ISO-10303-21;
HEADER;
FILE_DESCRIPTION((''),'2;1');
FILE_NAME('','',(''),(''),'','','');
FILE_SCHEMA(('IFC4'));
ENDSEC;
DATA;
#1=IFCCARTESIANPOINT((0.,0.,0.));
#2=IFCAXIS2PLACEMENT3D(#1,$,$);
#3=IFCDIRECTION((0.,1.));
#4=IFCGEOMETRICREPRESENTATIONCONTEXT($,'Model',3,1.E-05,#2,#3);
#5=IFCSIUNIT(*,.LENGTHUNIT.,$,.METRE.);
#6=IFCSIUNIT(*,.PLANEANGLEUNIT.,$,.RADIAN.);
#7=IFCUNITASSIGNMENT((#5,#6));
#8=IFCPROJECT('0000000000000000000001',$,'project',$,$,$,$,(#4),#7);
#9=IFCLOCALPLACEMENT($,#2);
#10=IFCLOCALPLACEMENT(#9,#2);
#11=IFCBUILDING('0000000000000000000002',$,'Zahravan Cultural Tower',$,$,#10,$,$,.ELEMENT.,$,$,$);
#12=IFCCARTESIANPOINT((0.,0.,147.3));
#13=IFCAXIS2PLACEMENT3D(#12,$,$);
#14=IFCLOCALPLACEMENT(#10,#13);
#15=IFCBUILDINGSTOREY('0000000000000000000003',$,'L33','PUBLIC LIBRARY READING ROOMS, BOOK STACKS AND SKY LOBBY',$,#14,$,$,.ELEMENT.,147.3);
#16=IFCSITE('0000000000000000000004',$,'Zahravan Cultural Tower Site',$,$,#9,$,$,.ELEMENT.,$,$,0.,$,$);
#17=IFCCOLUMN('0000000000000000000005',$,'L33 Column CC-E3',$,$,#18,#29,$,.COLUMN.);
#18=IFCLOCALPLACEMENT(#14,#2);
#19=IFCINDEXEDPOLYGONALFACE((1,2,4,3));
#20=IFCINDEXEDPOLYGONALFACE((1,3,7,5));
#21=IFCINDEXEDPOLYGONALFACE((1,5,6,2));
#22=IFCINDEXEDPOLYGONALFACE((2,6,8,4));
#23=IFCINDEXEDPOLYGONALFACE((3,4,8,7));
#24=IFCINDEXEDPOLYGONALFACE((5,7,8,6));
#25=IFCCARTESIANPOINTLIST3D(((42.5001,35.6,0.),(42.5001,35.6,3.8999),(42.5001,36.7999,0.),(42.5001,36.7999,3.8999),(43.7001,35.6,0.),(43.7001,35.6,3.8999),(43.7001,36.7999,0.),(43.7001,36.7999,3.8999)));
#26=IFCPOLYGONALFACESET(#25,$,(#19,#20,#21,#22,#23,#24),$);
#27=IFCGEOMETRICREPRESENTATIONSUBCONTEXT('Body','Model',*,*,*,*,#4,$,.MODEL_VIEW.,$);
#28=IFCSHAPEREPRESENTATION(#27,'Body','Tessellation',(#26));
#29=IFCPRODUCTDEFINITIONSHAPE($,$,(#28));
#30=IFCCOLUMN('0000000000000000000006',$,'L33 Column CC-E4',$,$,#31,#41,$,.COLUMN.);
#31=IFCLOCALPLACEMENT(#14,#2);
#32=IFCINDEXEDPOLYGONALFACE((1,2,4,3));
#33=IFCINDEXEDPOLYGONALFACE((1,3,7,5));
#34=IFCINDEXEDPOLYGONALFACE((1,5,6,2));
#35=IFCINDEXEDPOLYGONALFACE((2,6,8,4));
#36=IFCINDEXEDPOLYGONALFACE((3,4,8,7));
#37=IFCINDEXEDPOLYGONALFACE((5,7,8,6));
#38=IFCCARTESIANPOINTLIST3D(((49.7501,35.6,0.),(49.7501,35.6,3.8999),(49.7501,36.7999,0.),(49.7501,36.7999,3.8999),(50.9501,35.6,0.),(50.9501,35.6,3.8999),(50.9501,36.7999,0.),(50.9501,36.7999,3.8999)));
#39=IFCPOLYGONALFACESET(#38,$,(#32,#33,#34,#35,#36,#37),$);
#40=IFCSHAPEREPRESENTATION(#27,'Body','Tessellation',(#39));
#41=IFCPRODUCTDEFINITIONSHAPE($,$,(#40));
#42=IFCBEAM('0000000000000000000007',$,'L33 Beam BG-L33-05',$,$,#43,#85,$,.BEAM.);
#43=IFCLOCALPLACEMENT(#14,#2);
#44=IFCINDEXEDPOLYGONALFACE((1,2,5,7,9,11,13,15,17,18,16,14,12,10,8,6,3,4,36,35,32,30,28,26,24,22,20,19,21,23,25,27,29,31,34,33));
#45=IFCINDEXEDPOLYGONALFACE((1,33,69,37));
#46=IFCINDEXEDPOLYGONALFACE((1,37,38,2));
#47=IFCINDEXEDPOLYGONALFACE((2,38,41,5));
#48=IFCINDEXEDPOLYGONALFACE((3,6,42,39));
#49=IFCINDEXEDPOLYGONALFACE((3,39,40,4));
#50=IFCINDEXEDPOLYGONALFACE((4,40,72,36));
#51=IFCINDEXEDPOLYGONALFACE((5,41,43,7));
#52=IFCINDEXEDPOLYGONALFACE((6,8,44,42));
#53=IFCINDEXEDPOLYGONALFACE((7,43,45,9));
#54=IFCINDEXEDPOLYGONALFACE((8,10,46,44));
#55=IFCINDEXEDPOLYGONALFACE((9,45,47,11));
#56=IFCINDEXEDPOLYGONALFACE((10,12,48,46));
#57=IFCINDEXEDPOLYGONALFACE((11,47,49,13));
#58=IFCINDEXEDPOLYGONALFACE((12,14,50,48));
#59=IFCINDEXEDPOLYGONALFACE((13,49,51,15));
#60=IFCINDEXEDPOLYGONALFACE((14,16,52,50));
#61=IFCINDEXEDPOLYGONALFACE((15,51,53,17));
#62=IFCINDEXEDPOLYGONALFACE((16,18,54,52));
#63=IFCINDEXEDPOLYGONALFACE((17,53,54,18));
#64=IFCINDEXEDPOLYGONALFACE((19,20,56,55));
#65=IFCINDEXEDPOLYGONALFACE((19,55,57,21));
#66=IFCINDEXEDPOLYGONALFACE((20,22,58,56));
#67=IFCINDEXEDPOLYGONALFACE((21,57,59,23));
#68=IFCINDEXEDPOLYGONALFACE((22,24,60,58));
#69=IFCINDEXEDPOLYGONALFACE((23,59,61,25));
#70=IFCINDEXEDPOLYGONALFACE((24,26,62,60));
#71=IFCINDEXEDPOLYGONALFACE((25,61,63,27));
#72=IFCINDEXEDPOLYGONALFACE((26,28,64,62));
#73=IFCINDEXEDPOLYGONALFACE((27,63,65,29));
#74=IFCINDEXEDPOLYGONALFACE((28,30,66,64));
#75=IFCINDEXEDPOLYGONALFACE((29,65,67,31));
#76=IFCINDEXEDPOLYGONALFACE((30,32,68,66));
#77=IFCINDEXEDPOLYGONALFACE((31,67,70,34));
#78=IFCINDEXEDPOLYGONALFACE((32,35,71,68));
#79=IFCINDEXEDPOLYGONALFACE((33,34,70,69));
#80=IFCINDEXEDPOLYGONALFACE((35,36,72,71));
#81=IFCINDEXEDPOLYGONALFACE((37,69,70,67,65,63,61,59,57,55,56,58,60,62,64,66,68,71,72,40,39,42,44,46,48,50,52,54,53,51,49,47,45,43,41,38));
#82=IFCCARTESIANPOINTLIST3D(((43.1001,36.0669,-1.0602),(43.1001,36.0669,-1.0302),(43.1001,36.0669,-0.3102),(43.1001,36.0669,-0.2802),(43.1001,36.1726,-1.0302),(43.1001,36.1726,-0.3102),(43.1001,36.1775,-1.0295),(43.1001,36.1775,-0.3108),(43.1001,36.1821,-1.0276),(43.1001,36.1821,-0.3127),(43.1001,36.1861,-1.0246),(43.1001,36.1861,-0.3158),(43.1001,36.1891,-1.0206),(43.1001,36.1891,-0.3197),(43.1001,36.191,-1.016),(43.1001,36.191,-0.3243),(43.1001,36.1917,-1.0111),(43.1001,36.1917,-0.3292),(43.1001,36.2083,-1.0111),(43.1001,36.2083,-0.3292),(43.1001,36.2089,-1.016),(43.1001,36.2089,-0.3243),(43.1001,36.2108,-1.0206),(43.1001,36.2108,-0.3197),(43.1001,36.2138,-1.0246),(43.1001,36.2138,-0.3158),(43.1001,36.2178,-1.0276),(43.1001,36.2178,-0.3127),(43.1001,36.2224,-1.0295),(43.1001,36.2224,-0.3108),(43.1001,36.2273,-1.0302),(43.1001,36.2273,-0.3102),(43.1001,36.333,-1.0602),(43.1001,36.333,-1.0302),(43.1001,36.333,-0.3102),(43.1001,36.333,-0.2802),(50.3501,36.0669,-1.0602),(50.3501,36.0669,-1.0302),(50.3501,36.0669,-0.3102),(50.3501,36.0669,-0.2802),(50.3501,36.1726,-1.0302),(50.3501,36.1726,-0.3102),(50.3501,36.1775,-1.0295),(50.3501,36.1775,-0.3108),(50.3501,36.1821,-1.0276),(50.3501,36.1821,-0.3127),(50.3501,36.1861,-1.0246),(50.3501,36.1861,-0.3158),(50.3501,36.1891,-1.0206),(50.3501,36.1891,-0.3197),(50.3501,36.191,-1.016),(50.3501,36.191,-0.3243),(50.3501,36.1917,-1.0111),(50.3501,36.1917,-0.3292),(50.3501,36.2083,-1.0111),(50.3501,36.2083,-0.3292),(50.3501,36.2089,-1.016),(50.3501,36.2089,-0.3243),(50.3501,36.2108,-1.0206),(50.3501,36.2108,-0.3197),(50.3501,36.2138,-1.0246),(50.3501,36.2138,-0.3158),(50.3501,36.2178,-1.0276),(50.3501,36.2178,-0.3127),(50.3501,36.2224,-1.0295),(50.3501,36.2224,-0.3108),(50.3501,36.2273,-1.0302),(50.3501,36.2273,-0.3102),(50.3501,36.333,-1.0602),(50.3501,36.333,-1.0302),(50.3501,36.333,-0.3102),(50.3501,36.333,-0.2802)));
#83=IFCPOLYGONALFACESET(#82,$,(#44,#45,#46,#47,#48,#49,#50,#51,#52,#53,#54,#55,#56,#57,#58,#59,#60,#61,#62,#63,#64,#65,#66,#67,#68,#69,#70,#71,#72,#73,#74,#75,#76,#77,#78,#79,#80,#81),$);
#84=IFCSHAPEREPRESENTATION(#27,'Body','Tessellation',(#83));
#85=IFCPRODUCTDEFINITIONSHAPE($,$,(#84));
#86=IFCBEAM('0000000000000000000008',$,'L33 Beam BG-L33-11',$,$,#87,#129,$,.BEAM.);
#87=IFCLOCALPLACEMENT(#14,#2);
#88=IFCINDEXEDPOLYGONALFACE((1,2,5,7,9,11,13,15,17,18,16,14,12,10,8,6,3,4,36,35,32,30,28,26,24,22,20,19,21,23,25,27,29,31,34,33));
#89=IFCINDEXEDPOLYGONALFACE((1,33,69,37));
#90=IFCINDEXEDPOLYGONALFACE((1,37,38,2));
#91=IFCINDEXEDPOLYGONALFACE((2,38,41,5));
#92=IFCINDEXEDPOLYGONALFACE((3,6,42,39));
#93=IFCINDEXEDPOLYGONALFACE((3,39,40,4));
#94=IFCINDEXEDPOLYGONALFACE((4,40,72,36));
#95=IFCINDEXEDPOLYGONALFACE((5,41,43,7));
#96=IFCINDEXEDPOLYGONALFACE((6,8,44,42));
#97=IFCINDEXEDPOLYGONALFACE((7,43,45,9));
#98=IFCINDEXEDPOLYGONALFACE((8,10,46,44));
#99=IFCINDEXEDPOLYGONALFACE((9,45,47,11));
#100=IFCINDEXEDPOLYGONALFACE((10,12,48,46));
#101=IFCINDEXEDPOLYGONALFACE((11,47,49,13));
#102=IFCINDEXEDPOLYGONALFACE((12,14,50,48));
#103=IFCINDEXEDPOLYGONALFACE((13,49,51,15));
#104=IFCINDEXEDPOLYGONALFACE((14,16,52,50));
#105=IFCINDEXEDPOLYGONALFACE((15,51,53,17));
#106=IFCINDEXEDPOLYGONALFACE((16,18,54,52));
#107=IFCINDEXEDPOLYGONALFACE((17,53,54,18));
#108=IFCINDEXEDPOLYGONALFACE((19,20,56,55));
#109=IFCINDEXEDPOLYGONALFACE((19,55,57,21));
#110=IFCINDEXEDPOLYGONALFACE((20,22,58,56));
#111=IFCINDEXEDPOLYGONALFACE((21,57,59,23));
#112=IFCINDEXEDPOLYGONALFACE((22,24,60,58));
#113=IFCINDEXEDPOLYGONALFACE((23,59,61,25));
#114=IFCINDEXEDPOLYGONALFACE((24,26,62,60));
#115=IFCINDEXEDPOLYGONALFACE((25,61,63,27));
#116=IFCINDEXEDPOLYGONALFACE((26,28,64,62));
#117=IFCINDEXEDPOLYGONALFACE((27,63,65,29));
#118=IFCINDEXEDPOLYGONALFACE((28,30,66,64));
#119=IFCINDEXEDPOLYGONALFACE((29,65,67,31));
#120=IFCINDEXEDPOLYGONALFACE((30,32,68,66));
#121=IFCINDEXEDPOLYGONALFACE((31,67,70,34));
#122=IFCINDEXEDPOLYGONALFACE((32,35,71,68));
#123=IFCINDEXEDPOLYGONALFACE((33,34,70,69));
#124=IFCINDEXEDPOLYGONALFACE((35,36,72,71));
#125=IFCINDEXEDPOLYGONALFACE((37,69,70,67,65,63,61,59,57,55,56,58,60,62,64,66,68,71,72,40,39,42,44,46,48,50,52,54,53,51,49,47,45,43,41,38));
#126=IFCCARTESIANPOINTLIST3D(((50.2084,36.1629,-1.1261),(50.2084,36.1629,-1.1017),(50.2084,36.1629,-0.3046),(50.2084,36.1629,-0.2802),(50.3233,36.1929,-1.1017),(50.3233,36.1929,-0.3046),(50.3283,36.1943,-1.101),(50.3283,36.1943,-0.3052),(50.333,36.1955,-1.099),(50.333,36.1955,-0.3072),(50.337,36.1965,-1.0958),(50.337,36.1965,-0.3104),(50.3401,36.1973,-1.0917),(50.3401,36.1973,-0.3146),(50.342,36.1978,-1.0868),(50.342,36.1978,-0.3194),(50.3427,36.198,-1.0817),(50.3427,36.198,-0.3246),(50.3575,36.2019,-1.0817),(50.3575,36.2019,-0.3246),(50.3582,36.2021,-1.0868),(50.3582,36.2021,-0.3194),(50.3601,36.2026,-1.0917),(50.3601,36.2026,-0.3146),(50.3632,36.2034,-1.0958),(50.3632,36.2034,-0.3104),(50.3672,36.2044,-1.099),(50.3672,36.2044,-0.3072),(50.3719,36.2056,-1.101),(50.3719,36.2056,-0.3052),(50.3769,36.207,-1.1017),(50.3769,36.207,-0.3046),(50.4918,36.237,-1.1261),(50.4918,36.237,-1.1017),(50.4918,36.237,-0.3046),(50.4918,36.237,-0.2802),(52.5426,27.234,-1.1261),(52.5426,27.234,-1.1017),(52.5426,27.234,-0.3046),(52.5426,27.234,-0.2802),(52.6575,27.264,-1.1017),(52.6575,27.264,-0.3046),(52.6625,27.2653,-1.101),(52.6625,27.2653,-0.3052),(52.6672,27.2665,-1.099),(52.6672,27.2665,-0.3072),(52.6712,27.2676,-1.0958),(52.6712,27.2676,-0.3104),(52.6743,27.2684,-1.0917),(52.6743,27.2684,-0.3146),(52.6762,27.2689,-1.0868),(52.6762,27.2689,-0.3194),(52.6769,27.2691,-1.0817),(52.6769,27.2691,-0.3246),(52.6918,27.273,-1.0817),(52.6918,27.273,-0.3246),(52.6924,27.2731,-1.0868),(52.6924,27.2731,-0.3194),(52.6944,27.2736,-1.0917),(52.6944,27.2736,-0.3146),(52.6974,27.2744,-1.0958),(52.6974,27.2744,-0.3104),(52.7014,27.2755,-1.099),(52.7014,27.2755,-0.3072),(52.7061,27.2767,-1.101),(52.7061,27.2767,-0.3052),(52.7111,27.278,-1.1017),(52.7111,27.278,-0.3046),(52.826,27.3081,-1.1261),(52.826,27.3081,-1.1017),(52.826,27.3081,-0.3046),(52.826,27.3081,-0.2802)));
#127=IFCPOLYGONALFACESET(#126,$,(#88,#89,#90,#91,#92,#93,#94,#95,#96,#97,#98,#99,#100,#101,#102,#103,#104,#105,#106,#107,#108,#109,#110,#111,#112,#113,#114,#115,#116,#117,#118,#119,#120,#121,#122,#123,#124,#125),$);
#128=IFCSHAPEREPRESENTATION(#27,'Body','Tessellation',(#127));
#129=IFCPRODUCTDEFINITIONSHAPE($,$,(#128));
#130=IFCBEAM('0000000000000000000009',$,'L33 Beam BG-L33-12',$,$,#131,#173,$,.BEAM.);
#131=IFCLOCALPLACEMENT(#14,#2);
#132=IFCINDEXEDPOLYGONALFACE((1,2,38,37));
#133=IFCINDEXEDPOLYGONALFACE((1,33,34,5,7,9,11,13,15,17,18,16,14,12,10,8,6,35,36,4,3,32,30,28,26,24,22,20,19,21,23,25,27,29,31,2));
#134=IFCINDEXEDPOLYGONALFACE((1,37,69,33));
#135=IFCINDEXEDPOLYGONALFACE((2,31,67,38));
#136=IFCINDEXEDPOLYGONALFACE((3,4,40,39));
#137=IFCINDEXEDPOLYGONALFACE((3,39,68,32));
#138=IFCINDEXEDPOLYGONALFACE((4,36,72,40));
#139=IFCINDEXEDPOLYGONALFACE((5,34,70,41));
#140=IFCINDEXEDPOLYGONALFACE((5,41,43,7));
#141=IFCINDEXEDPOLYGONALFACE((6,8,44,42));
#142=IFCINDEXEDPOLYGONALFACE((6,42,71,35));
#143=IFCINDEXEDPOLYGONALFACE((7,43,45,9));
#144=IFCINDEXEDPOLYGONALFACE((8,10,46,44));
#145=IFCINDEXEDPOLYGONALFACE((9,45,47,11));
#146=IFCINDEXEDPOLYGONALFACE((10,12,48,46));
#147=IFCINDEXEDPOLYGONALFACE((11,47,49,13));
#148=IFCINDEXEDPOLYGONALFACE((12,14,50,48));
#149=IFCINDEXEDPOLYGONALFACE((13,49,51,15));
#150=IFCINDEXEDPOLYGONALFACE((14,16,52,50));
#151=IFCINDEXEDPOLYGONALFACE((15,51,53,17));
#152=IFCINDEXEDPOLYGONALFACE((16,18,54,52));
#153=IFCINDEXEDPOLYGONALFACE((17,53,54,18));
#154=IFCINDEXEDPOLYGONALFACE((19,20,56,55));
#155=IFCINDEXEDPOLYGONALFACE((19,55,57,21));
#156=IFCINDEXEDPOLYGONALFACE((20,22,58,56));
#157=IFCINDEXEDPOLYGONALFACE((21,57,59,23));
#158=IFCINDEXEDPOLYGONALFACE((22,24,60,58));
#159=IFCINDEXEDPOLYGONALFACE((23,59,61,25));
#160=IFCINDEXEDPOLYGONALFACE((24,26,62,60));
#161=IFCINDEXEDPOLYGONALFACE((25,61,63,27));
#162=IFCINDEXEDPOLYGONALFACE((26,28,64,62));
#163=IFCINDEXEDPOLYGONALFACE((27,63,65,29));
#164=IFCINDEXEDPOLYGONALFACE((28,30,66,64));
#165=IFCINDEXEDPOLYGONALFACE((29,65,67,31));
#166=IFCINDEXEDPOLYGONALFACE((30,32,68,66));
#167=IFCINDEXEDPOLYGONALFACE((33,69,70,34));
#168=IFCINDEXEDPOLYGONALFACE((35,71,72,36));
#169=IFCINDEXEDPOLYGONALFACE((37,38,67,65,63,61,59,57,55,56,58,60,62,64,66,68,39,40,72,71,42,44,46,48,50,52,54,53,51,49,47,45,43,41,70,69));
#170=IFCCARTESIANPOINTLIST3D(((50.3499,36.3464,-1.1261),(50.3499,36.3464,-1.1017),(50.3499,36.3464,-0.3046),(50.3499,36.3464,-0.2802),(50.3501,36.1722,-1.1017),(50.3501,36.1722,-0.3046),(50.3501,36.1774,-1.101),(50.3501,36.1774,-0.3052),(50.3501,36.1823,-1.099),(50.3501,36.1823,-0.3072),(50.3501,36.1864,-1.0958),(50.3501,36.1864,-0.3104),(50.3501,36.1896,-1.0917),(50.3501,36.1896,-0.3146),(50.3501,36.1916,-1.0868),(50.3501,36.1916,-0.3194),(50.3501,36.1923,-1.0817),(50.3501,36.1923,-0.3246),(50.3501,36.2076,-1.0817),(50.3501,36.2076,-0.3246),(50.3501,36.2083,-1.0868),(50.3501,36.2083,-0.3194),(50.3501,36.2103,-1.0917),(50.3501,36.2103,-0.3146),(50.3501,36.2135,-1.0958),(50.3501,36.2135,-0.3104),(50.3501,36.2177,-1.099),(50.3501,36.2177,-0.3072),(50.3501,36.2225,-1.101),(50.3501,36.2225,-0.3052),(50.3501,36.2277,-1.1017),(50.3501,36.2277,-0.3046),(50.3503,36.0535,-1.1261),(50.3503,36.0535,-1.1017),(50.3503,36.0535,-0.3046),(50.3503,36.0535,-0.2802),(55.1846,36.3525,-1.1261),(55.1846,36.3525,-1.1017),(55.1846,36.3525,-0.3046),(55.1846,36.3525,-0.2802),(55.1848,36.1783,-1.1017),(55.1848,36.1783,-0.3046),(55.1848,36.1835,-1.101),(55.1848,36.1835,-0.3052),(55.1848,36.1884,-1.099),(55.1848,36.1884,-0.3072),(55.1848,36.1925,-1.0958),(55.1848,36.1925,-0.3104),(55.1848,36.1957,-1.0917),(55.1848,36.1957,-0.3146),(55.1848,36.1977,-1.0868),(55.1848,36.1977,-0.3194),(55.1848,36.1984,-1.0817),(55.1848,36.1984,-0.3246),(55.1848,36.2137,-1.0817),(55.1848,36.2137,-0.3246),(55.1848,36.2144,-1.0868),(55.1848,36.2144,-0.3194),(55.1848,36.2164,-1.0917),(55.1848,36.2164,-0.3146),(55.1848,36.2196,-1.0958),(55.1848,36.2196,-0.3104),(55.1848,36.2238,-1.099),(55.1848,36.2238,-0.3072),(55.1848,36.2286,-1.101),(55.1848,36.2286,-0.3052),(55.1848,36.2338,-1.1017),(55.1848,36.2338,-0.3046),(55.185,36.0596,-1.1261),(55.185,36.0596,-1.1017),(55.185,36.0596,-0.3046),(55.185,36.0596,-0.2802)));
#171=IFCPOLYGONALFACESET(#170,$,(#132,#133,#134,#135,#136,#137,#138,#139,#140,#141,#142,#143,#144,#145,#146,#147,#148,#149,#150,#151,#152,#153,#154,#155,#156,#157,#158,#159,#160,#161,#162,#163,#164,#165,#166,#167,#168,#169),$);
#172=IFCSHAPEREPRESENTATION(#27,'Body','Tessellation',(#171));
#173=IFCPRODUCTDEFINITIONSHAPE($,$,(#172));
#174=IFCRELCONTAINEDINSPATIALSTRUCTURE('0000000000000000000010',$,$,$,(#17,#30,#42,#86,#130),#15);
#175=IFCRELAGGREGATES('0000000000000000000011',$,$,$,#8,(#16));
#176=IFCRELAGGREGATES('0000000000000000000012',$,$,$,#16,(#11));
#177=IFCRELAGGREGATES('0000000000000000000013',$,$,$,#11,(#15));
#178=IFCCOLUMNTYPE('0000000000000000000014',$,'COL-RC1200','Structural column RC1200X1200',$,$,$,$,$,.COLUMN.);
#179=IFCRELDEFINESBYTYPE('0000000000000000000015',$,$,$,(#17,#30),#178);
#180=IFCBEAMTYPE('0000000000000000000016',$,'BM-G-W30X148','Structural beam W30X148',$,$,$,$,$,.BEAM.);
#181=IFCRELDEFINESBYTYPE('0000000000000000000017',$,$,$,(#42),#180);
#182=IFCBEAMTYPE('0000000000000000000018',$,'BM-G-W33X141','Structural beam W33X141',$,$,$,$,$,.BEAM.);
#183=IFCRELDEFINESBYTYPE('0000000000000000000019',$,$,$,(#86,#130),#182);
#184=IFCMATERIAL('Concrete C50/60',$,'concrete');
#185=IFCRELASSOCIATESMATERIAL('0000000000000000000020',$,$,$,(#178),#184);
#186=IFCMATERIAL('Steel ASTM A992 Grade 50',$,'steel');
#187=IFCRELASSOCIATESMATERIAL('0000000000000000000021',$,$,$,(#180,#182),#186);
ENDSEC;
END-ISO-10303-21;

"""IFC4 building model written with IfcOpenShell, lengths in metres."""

from ifc_helpers import new_model, si_unit, direction, frame, origin, origin_2d, place, context, subcontext, project, spatial, rectangle, i_section, extrude, source, transform, mapped, material, material_profile, profile_set, type_object, element, save


model = new_model("IFC4")

# Units and contexts
model_context = context("Model", 3, precision=1e-05, world=origin(), true_north=direction((0.0, 1.0)))
body_context = subcontext(model_context, "Body", "Model", "MODEL_VIEW")
ifc_project = project(units=[si_unit("LENGTHUNIT", "METRE"), si_unit("PLANEANGLEUNIT", "RADIAN")], contexts=[model_context])

# Site, building, storey
site_placement = place(None, origin())
site = spatial("IfcSite", under=ifc_project, at=site_placement, Name="Zahravan Cultural Tower Site", CompositionType="ELEMENT", RefElevation=0.0)
building_placement = place(site_placement, origin())
building = spatial("IfcBuilding", under=site, at=building_placement, Name="Zahravan Cultural Tower", CompositionType="ELEMENT")
storey_placement = place(building_placement, frame((0.0, 0.0, 147.3)))
storey = spatial("IfcBuildingStorey", under=building, at=storey_placement, Name="L33", Description="PUBLIC LIBRARY READING ROOMS, BOOK STACKS AND SKY LOBBY", CompositionType="ELEMENT", Elevation=147.3)

# Columns
ifc_material_1 = material(Name="Concrete C50/60", Category="concrete")
ifc_material_profile_1 = material_profile(ifc_material_1, rectangle(XDim=1.2, YDim=1.2, at=origin_2d()), Name="RC1200X1200")
ifc_profile_set_1 = profile_set([ifc_material_profile_1], Name="Concrete C50/60")
column_type = type_object("IfcColumnType", Name="COL-RC1200", Description="Structural column RC1200X1200", PredefinedType="COLUMN", material=ifc_profile_set_1)
shared_shape_1 = source(origin(), body_context, "Body", "SweptSolid", [
    extrude(rectangle(XDim=1.2, YDim=1.2, at=origin_2d()), origin(), (0.0, 0.0, 1.0), 3.8999),
])
for number, where, z_axis, x_axis, name in (
    (1, (43.1001, 36.2, 0.0), (0.0, 0.0, 1.0), (1.0, 0.0, 0.0), "L33 Column CC-E3"),
    (2, (50.3501, 36.2, 0.0), (0.0, 0.0, 1.0), (1.0, 0.0, 0.0), "L33 Column CC-E4"),
):
    element("IfcColumn", number, at=place(storey_placement, frame(where, z_axis=z_axis, x_axis=x_axis)), inside=storey, type_object=column_type, Name=name, PredefinedType="COLUMN", context=body_context, shape_type="MappedRepresentation", body=[
        mapped(shared_shape_1, transform((0.0, 0.0, 0.0), x_axis=(1.0, 0.0, 0.0), y_axis=(0.0, 1.0, 0.0), z_axis=(0.0, 0.0, 1.0), scale=1.0)),
    ])

# Beams
ifc_material_2 = material(Name="Steel ASTM A992 Grade 50", Category="steel")
ifc_material_profile_2 = material_profile(ifc_material_2, i_section(OverallWidth=0.2661, OverallDepth=0.78, WebThickness=0.0166, FlangeThickness=0.03, FilletRadius=0.019, at=origin_2d()), Name="W30X148")
ifc_profile_set_2 = profile_set([ifc_material_profile_2], Name="Steel ASTM A992 Grade 50")
beam_type_1 = type_object("IfcBeamType", Name="BM-G-W30X148", Description="Structural beam W30X148", PredefinedType="BEAM", material=ifc_profile_set_2)
shared_shape_2 = source(origin(), body_context, "Body", "SweptSolid", [
    extrude(i_section(OverallWidth=0.2661, OverallDepth=0.78, WebThickness=0.0166, FlangeThickness=0.03, FilletRadius=0.019, at=origin_2d()), origin(), (0.0, 0.0, 1.0), 7.25),
])
beam_1_placement = place(storey_placement, frame((43.1001, 36.2, -0.6702), z_axis=(1.0, 0.0, 0.0), x_axis=(0.0, 1.0, 0.0)))
element("IfcBeam", 3, at=beam_1_placement, inside=storey, type_object=beam_type_1, Name="L33 Beam BG-L33-05", PredefinedType="BEAM", context=body_context, shape_type="MappedRepresentation", body=[
    mapped(shared_shape_2, transform((0.0, 0.0, 0.0), x_axis=(1.0, 0.0, 0.0), y_axis=(0.0, 1.0, 0.0), z_axis=(0.0, 0.0, 1.0), scale=1.0)),
])
ifc_material_profile_3 = material_profile(ifc_material_2, i_section(OverallWidth=0.293, OverallDepth=0.8459, WebThickness=0.0154, FlangeThickness=0.0244, FilletRadius=0.02, at=origin_2d()), Name="W33X141")
ifc_profile_set_3 = profile_set([ifc_material_profile_3], Name="Steel ASTM A992 Grade 50")
beam_type_2 = type_object("IfcBeamType", Name="BM-G-W33X141", Description="Structural beam W33X141", PredefinedType="BEAM", material=ifc_profile_set_3)
shared_shape_3 = source(origin(), body_context, "Body", "SweptSolid", [
    extrude(i_section(OverallWidth=0.293, OverallDepth=0.8459, WebThickness=0.0154, FlangeThickness=0.0244, FilletRadius=0.02, at=origin_2d()), origin(), (0.0, 0.0, 1.0), 9.229),
])
beam_2_placement = place(storey_placement, frame((50.3501, 36.2, -0.7031), z_axis=(0.252923, -0.967487, 0.0), x_axis=(0.967487, 0.252923, 0.0)))
element("IfcBeam", 4, at=beam_2_placement, inside=storey, type_object=beam_type_2, Name="L33 Beam BG-L33-11", PredefinedType="BEAM", context=body_context, shape_type="MappedRepresentation", body=[
    mapped(shared_shape_3, transform((0.0, 0.0, 0.0), x_axis=(1.0, 0.0, 0.0), y_axis=(0.0, 1.0, 0.0), z_axis=(0.0, 0.0, 1.0), scale=1.0)),
])
shared_shape_4 = source(origin(), body_context, "Body", "SweptSolid", [
    extrude(i_section(OverallWidth=0.293, OverallDepth=0.8459, WebThickness=0.0154, FlangeThickness=0.0244, FilletRadius=0.02, at=origin_2d()), origin(), (0.0, 0.0, 1.0), 4.8347),
])
beam_3_placement = place(storey_placement, frame((50.3501, 36.2, -0.7031), z_axis=(0.999999, 0.001262, 0.0), x_axis=(-0.001262, 0.999999, 0.0)))
element("IfcBeam", 5, at=beam_3_placement, inside=storey, type_object=beam_type_2, Name="L33 Beam BG-L33-12", PredefinedType="BEAM", context=body_context, shape_type="MappedRepresentation", body=[
    mapped(shared_shape_4, transform((0.0, 0.0, 0.0), x_axis=(1.0, 0.0, 0.0), y_axis=(0.0, 1.0, 0.0), z_axis=(0.0, 0.0, 1.0), scale=1.0)),
])

save(model, "model.ifc")
